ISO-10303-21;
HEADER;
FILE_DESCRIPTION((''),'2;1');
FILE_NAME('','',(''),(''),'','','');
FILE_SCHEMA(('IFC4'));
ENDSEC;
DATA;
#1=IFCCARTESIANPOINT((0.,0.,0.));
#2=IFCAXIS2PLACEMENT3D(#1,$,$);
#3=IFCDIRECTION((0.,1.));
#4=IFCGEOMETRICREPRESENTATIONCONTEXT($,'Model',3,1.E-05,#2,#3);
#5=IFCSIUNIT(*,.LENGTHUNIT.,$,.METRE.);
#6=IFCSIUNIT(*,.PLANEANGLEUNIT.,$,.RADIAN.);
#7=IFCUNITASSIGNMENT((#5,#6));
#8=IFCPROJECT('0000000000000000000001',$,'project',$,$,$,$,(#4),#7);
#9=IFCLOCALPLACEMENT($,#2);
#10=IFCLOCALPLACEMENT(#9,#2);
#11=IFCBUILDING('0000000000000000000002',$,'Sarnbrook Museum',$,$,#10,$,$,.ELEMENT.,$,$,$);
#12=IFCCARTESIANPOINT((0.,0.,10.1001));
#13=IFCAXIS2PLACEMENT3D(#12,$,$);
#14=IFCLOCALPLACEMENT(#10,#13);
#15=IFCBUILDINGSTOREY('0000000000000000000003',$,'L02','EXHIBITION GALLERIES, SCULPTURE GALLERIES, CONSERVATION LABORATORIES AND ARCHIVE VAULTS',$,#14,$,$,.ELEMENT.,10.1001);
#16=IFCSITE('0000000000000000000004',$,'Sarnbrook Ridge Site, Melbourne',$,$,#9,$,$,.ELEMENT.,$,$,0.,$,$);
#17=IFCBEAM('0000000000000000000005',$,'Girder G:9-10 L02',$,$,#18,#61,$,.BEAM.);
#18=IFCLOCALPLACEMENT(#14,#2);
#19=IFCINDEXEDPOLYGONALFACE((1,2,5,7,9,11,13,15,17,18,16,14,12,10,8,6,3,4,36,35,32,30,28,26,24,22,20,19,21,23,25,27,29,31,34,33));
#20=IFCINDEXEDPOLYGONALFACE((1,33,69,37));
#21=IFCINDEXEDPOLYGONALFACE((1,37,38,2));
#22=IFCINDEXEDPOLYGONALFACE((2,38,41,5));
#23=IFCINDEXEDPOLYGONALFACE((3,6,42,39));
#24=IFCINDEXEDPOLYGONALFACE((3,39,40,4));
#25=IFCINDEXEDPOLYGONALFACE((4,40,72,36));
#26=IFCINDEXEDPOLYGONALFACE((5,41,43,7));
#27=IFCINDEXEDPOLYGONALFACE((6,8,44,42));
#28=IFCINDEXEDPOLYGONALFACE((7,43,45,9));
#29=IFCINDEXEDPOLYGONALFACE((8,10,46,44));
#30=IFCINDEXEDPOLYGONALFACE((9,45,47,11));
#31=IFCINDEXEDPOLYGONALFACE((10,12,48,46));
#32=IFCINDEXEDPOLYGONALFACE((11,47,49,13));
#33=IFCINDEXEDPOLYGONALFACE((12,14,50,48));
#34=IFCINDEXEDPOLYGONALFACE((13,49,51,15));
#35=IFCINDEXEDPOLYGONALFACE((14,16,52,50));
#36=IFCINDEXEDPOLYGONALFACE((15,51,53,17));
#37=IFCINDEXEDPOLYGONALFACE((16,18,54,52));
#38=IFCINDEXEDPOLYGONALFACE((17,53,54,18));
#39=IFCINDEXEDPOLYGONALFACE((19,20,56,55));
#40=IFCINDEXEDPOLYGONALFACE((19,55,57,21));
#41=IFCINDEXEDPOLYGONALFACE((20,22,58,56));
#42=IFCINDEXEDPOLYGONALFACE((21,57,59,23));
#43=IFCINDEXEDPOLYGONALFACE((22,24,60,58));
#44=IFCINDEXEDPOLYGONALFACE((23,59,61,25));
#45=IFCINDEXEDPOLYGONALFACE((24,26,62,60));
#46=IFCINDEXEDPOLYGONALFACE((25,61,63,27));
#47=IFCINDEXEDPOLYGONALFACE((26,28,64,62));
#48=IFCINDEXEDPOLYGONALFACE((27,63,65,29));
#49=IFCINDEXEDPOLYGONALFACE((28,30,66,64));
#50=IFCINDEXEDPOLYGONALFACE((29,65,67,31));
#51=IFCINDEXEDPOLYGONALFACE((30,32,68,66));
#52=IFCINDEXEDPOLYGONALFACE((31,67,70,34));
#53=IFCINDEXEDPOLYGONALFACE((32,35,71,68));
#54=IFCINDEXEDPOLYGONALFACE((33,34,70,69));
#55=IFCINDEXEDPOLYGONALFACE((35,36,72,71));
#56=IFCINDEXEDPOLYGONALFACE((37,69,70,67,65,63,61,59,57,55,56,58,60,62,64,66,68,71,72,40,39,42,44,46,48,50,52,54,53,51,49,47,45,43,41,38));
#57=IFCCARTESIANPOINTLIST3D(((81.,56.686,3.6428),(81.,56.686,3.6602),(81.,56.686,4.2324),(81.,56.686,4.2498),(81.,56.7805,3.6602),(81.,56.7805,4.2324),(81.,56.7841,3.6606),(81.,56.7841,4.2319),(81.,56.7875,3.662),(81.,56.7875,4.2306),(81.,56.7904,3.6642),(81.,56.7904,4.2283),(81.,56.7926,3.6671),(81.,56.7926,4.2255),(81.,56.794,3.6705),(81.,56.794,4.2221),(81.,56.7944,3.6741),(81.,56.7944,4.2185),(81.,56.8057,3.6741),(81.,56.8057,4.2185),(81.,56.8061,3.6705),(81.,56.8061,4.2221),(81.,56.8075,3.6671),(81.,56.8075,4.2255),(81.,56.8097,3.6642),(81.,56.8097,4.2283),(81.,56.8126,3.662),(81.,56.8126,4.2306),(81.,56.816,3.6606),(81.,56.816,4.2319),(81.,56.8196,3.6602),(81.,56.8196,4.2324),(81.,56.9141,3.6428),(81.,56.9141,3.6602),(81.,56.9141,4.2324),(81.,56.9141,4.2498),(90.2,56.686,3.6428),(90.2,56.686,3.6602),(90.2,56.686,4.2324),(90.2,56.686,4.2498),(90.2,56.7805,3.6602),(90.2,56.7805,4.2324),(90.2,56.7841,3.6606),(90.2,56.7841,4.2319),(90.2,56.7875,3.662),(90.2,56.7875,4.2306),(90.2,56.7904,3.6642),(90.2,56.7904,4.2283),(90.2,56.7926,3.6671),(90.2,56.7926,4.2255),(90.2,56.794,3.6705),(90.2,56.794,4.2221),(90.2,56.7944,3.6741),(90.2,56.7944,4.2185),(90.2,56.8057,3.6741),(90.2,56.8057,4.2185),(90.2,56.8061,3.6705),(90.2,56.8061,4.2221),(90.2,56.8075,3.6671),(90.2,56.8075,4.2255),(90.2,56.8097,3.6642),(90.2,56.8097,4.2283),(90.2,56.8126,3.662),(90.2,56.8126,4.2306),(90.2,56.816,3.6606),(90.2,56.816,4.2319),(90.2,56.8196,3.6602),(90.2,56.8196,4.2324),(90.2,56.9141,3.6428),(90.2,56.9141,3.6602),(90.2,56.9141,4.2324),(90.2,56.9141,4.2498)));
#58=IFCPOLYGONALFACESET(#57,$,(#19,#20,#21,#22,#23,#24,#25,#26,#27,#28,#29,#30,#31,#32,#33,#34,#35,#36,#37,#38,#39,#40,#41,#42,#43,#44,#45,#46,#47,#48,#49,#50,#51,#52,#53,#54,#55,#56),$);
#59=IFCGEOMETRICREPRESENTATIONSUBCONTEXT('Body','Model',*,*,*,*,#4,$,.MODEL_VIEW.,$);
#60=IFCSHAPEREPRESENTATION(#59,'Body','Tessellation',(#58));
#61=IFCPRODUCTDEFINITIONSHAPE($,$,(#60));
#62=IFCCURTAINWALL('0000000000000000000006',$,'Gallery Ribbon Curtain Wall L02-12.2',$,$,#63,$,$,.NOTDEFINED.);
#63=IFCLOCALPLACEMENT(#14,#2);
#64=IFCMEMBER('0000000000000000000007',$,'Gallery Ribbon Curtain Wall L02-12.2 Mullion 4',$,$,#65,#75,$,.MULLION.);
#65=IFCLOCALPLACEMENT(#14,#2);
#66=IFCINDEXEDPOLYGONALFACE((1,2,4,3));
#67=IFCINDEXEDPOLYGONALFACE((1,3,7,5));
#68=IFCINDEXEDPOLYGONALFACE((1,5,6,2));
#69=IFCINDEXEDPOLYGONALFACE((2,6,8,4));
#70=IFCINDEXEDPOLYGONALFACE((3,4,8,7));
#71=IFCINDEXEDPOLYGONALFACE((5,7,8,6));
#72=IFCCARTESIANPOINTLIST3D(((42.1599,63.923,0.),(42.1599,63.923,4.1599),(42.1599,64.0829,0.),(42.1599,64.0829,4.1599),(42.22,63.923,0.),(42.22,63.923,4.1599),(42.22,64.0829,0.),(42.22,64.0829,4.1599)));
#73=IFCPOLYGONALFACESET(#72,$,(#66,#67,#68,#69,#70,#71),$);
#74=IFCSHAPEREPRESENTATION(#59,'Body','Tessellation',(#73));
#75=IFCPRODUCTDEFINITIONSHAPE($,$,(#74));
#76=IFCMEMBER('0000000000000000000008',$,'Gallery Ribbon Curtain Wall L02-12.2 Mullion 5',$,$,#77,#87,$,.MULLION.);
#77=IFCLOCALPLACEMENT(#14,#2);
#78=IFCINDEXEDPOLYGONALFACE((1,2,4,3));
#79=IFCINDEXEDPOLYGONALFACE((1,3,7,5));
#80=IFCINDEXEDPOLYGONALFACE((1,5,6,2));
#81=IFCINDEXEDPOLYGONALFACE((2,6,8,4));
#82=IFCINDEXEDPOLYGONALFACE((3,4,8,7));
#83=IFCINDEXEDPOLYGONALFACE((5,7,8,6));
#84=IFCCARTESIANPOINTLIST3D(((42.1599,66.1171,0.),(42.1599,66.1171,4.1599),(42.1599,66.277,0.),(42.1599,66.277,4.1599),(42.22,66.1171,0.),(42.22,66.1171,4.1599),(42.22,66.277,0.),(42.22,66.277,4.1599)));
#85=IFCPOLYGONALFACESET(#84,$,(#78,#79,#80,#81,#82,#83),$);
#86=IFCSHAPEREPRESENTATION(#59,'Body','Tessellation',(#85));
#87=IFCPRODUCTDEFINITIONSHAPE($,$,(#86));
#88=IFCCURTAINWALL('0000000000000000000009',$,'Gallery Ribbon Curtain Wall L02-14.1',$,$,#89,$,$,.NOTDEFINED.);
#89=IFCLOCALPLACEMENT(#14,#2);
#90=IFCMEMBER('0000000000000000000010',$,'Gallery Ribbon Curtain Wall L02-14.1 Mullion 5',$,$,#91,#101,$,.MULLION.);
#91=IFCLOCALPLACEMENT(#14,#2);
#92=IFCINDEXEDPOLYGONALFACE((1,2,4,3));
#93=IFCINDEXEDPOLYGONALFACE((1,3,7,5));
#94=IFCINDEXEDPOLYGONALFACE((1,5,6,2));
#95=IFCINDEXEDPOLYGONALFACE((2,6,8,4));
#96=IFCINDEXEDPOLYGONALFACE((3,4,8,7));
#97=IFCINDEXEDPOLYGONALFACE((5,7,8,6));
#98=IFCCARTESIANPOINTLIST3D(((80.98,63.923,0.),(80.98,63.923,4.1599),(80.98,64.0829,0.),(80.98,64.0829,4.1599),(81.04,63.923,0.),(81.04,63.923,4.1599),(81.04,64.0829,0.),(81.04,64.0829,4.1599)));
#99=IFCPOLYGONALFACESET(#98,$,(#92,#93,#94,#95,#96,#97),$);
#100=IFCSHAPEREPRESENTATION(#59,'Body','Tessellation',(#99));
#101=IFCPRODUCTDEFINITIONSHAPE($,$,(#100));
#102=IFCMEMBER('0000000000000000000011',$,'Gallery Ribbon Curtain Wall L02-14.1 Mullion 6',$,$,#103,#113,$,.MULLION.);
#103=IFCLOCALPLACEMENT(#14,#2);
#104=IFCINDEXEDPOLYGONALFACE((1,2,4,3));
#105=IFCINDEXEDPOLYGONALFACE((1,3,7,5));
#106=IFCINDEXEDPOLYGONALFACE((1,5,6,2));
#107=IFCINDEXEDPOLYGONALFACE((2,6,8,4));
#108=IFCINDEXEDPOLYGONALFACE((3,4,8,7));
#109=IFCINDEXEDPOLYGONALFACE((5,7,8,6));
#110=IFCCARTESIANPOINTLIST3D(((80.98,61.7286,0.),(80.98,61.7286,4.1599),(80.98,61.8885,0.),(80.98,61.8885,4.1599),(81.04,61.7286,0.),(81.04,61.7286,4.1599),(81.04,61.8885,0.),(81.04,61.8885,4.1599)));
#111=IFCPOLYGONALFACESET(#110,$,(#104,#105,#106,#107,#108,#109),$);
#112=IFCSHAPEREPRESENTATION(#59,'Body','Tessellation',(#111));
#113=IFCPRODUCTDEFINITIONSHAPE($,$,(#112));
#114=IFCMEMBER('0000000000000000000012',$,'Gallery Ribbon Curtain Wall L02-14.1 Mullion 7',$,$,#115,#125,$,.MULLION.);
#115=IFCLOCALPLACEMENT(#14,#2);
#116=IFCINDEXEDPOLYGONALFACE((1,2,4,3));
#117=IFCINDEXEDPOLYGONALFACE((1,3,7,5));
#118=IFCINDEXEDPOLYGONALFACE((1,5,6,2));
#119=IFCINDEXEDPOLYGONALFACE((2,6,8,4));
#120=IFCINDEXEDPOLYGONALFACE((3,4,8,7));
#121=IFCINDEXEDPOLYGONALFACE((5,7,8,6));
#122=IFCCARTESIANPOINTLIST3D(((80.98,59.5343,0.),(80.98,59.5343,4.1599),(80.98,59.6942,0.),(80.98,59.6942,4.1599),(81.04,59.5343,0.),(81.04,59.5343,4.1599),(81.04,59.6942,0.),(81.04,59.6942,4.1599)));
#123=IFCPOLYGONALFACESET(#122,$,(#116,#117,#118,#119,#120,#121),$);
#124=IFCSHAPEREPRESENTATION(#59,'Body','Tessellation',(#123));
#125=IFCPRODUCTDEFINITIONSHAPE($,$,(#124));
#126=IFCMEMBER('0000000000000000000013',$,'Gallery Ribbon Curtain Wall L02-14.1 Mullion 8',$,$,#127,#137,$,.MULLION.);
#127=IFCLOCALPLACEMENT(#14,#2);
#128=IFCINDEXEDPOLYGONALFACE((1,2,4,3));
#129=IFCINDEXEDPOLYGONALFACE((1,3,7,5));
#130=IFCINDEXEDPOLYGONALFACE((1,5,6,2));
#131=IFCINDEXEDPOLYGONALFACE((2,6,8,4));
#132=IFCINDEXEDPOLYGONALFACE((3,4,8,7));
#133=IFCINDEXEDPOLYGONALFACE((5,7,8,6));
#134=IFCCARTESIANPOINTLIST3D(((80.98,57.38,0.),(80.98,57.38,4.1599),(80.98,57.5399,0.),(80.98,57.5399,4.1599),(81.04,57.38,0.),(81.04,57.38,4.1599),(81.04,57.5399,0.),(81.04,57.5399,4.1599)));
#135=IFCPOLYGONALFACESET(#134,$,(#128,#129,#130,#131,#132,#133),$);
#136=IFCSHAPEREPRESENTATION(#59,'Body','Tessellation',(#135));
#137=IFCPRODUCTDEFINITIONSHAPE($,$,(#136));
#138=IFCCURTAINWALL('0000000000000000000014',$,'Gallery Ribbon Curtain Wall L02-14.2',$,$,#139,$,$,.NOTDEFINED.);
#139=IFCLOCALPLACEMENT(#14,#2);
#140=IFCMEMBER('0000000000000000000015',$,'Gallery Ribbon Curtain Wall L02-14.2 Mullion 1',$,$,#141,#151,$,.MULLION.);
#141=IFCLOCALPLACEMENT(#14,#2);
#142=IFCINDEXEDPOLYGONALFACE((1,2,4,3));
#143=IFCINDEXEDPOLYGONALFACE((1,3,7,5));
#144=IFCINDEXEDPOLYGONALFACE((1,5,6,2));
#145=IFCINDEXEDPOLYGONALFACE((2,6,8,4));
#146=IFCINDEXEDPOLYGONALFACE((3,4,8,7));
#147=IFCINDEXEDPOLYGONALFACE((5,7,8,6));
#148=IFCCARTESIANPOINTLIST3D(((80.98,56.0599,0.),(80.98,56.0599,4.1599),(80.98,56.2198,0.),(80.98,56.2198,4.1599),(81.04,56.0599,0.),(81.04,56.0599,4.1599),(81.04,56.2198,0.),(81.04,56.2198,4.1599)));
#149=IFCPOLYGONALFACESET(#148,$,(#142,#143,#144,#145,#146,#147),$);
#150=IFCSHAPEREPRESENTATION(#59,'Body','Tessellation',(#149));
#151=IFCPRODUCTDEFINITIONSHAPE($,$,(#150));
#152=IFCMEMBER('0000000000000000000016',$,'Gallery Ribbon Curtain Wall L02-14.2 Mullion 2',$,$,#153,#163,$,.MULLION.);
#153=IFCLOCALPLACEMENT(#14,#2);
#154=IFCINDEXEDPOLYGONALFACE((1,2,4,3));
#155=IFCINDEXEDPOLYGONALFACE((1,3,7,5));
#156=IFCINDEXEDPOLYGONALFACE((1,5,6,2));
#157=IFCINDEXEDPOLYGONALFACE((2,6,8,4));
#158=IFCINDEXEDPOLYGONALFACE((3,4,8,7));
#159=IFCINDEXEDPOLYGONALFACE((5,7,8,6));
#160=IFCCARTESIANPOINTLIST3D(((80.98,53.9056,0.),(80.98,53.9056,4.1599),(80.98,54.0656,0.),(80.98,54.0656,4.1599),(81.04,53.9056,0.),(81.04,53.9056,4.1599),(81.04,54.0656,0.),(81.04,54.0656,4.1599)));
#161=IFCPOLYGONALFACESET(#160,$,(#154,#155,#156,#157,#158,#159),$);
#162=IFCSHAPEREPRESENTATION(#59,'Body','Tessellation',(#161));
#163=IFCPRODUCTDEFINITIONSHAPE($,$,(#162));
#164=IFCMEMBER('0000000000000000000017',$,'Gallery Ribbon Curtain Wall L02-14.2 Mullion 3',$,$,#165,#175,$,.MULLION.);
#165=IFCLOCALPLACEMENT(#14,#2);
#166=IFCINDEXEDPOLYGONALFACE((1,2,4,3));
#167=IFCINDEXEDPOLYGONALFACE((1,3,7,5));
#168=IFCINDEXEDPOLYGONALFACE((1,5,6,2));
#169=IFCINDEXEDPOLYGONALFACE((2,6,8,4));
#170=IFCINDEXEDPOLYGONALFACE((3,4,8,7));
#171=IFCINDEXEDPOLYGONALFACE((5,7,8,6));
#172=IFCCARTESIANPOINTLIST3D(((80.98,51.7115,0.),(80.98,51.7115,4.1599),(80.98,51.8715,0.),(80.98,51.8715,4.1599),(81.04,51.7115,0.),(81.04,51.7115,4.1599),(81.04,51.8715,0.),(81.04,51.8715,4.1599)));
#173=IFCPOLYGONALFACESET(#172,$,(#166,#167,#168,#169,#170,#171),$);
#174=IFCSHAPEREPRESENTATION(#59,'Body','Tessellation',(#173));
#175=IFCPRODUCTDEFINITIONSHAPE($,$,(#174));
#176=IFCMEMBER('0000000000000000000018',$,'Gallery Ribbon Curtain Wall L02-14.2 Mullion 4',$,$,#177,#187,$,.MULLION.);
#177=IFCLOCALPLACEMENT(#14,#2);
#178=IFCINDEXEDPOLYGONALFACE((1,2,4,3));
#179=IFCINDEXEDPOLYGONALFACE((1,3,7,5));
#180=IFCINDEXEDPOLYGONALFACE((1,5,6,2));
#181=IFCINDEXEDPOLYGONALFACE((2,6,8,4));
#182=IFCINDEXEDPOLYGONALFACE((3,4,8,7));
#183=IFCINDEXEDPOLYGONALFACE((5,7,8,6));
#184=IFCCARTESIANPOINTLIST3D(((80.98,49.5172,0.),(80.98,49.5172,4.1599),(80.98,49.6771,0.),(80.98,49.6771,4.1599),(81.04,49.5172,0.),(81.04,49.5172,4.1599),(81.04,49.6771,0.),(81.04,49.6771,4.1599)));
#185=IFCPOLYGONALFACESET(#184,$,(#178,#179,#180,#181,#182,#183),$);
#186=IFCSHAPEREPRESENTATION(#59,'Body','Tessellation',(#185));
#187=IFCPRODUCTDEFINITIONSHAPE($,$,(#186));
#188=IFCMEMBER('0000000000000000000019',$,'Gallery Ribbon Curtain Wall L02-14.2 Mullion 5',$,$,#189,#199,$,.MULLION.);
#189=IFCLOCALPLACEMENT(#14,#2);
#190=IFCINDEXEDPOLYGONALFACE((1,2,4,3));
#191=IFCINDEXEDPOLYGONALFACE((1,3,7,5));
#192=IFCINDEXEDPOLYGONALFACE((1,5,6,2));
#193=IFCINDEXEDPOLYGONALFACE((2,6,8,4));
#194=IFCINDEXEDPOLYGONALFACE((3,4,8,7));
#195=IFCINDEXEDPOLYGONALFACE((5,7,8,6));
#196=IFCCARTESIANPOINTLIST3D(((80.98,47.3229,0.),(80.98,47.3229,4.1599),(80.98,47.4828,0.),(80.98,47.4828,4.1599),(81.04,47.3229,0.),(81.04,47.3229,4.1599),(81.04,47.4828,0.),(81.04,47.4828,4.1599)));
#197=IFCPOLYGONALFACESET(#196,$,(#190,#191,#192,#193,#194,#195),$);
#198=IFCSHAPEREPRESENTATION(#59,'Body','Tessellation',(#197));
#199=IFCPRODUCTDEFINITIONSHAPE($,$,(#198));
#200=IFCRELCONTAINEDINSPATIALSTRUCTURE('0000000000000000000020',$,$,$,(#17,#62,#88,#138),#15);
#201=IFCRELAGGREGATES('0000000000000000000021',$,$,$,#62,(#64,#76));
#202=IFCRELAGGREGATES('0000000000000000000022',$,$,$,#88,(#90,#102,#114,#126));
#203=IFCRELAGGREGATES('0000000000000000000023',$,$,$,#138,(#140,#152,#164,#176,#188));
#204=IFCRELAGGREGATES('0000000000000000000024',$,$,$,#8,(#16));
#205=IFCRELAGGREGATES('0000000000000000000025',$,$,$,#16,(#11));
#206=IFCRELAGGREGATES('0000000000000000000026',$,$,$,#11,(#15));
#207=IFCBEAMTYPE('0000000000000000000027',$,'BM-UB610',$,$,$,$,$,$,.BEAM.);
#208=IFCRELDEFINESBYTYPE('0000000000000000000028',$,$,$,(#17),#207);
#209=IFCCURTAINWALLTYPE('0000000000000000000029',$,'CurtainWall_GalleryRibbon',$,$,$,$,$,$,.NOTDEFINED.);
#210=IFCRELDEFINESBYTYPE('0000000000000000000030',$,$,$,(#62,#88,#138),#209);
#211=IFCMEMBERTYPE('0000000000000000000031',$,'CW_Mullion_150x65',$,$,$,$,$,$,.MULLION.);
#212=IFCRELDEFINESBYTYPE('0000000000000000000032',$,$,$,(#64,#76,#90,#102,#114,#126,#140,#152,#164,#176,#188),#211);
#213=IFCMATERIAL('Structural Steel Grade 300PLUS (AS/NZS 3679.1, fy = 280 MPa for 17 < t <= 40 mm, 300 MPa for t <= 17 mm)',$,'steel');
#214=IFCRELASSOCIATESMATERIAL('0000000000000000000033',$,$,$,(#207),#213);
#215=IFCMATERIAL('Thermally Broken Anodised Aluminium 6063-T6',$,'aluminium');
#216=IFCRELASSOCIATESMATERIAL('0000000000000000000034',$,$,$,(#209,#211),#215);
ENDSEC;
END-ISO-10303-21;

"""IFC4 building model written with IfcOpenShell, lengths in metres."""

from ifc_helpers import new_model, si_unit, direction, frame, origin, origin_2d, place, context, subcontext, project, spatial, rectangle, i_section, extrude, material, material_profile, profile_set, type_object, element, aggregate, save


model = new_model("IFC4")

# Units and contexts
model_context = context("Model", 3, precision=1e-05, world=origin(), true_north=direction((0.0, 1.0)))
body_context = subcontext(model_context, "Body", "Model", "MODEL_VIEW")
ifc_project = project(units=[si_unit("LENGTHUNIT", "METRE"), si_unit("PLANEANGLEUNIT", "RADIAN")], contexts=[model_context])

# Site, building, storey
site_placement = place(None, origin())
site = spatial("IfcSite", under=ifc_project, at=site_placement, Name="Sarnbrook Ridge Site, Melbourne", CompositionType="ELEMENT", RefElevation=0.0)
building_placement = place(site_placement, origin())
building = spatial("IfcBuilding", under=site, at=building_placement, Name="Sarnbrook Museum", CompositionType="ELEMENT")
storey_placement = place(building_placement, frame((0.0, 0.0, 10.1001)))
storey = spatial("IfcBuildingStorey", under=building, at=storey_placement, Name="L02", Description="EXHIBITION GALLERIES, SCULPTURE GALLERIES, CONSERVATION LABORATORIES AND ARCHIVE VAULTS", CompositionType="ELEMENT", Elevation=10.1001)

# Shared definitions
ifc_material_1 = material(Name="Structural Steel Grade 300PLUS (AS/NZS 3679.1, fy = 280 MPa for 17 < t <= 40 mm, 300 MPa for t <= 17 mm)", Category="steel")

# Beam
ifc_material_profile_1 = material_profile(ifc_material_1, i_section(OverallWidth=0.228, OverallDepth=0.6069, WebThickness=0.0112, FlangeThickness=0.0173, FilletRadius=0.0139, at=origin_2d()), Name="610UB113")
ifc_profile_set_1 = profile_set([ifc_material_profile_1], Name="Structural Steel Grade 300PLUS (AS/NZS 3679.1, fy = 280 MPa for 17 < t <= 40 mm, 300 MPa for t <= 17 mm)")
beam_type_1 = type_object("IfcBeamType", Name="BM-UB610", PredefinedType="BEAM", material=ifc_profile_set_1)
beam_1_placement = place(storey_placement, frame((81.0, 56.8, 3.9463), z_axis=(1.0, 0.0, 0.0), x_axis=(0.0, 1.0, 0.0)))
element("IfcBeam", 1, at=beam_1_placement, inside=storey, type_object=beam_type_1, Name="Girder G:9-10 L02", PredefinedType="BEAM", context=body_context, shape_type="SweptSolid", body=[
    extrude(i_section(OverallWidth=0.228, OverallDepth=0.6069, WebThickness=0.0112, FlangeThickness=0.0173, FilletRadius=0.0139, at=origin_2d()), origin(), (0.0, 0.0, 1.0), 9.2),
])

# Curtain walls, members
ifc_material_2 = material(Name="Thermally Broken Anodised Aluminium 6063-T6", Category="aluminium")
curtain_wall_type = type_object("IfcCurtainWallType", Name="CurtainWall_GalleryRibbon", PredefinedType="NOTDEFINED", material=ifc_material_2)
curtain_wall_1_placement = place(storey_placement, origin())
curtain_wall_1 = element("IfcCurtainWall", 2, at=curtain_wall_1_placement, inside=storey, type_object=curtain_wall_type, Name="Gallery Ribbon Curtain Wall L02-12.2", PredefinedType="NOTDEFINED")
ifc_material_profile_2 = material_profile(ifc_material_2, rectangle(XDim=0.0601, YDim=0.1599, at=origin_2d()), Name="ALU MULLION 60x160")
ifc_profile_set_2 = profile_set([ifc_material_profile_2], Name="Thermally Broken Anodised Aluminium 6063-T6")
member_type = type_object("IfcMemberType", Name="CW_Mullion_150x65", PredefinedType="MULLION", material=ifc_profile_set_2)
member_1_placement = place(storey_placement, frame((42.1899, 64.0029, 0.0), z_axis=(0.0, 0.0, 1.0), x_axis=(1.0, 0.0, 0.0)))
member_1 = element("IfcMember", 3, at=member_1_placement, type_object=member_type, Name="Gallery Ribbon Curtain Wall L02-12.2 Mullion 4", PredefinedType="MULLION", context=body_context, shape_type="SweptSolid", body=[
    extrude(rectangle(XDim=0.0601, YDim=0.1599, at=origin_2d()), origin(), (0.0, 0.0, 1.0), 4.1599),
])
member_2_placement = place(storey_placement, frame((42.1899, 66.197, 0.0), z_axis=(0.0, 0.0, 1.0), x_axis=(1.0, 0.0, 0.0)))
member_2 = element("IfcMember", 4, at=member_2_placement, type_object=member_type, Name="Gallery Ribbon Curtain Wall L02-12.2 Mullion 5", PredefinedType="MULLION", context=body_context, shape_type="SweptSolid", body=[
    extrude(rectangle(XDim=0.0601, YDim=0.1599, at=origin_2d()), origin(), (0.0, 0.0, 1.0), 4.1599),
])
aggregate(curtain_wall_1, [member_1, member_2])
curtain_wall_2_placement = place(storey_placement, origin())
curtain_wall_2 = element("IfcCurtainWall", 5, at=curtain_wall_2_placement, inside=storey, type_object=curtain_wall_type, Name="Gallery Ribbon Curtain Wall L02-14.1", PredefinedType="NOTDEFINED")
member_3_placement = place(storey_placement, frame((81.01, 64.0029, 0.0), z_axis=(0.0, 0.0, 1.0), x_axis=(1.0, 0.0, 0.0)))
member_3 = element("IfcMember", 6, at=member_3_placement, type_object=member_type, Name="Gallery Ribbon Curtain Wall L02-14.1 Mullion 5", PredefinedType="MULLION", context=body_context, shape_type="SweptSolid", body=[
    extrude(rectangle(XDim=0.0601, YDim=0.1599, at=origin_2d()), origin(), (0.0, 0.0, 1.0), 4.1599),
])
member_4_placement = place(storey_placement, frame((81.01, 61.8086, 0.0), z_axis=(0.0, 0.0, 1.0), x_axis=(1.0, 0.0, 0.0)))
member_4 = element("IfcMember", 7, at=member_4_placement, type_object=member_type, Name="Gallery Ribbon Curtain Wall L02-14.1 Mullion 6", PredefinedType="MULLION", context=body_context, shape_type="SweptSolid", body=[
    extrude(rectangle(XDim=0.0601, YDim=0.1599, at=origin_2d()), origin(), (0.0, 0.0, 1.0), 4.1599),
])
member_5_placement = place(storey_placement, frame((81.01, 59.6143, 0.0), z_axis=(0.0, 0.0, 1.0), x_axis=(1.0, 0.0, 0.0)))
member_5 = element("IfcMember", 8, at=member_5_placement, type_object=member_type, Name="Gallery Ribbon Curtain Wall L02-14.1 Mullion 7", PredefinedType="MULLION", context=body_context, shape_type="SweptSolid", body=[
    extrude(rectangle(XDim=0.0601, YDim=0.1599, at=origin_2d()), origin(), (0.0, 0.0, 1.0), 4.1599),
])
member_6_placement = place(storey_placement, frame((81.01, 57.46, 0.0), z_axis=(0.0, 0.0, 1.0), x_axis=(1.0, 0.0, 0.0)))
member_6 = element("IfcMember", 9, at=member_6_placement, type_object=member_type, Name="Gallery Ribbon Curtain Wall L02-14.1 Mullion 8", PredefinedType="MULLION", context=body_context, shape_type="SweptSolid", body=[
    extrude(rectangle(XDim=0.0601, YDim=0.1599, at=origin_2d()), origin(), (0.0, 0.0, 1.0), 4.1599),
])
aggregate(curtain_wall_2, [member_3, member_4, member_5, member_6])
curtain_wall_3_placement = place(storey_placement, origin())
curtain_wall_3 = element("IfcCurtainWall", 10, at=curtain_wall_3_placement, inside=storey, type_object=curtain_wall_type, Name="Gallery Ribbon Curtain Wall L02-14.2", PredefinedType="NOTDEFINED")
member_7_placement = place(storey_placement, frame((81.01, 56.1399, 0.0), z_axis=(0.0, 0.0, 1.0), x_axis=(1.0, 0.0, 0.0)))
member_7 = element("IfcMember", 11, at=member_7_placement, type_object=member_type, Name="Gallery Ribbon Curtain Wall L02-14.2 Mullion 1", PredefinedType="MULLION", context=body_context, shape_type="SweptSolid", body=[
    extrude(rectangle(XDim=0.0601, YDim=0.1599, at=origin_2d()), origin(), (0.0, 0.0, 1.0), 4.1599),
])
member_8_placement = place(storey_placement, frame((81.01, 53.9856, 0.0), z_axis=(0.0, 0.0, 1.0), x_axis=(1.0, 0.0, 0.0)))
member_8 = element("IfcMember", 12, at=member_8_placement, type_object=member_type, Name="Gallery Ribbon Curtain Wall L02-14.2 Mullion 2", PredefinedType="MULLION", context=body_context, shape_type="SweptSolid", body=[
    extrude(rectangle(XDim=0.0601, YDim=0.1599, at=origin_2d()), origin(), (0.0, 0.0, 1.0), 4.1599),
])
member_9_placement = place(storey_placement, frame((81.01, 51.7915, 0.0), z_axis=(0.0, 0.0, 1.0), x_axis=(1.0, 0.0, 0.0)))
member_9 = element("IfcMember", 13, at=member_9_placement, type_object=member_type, Name="Gallery Ribbon Curtain Wall L02-14.2 Mullion 3", PredefinedType="MULLION", context=body_context, shape_type="SweptSolid", body=[
    extrude(rectangle(XDim=0.0601, YDim=0.1599, at=origin_2d()), origin(), (0.0, 0.0, 1.0), 4.1599),
])
member_10_placement = place(storey_placement, frame((81.01, 49.5972, 0.0), z_axis=(0.0, 0.0, 1.0), x_axis=(1.0, 0.0, 0.0)))
member_10 = element("IfcMember", 14, at=member_10_placement, type_object=member_type, Name="Gallery Ribbon Curtain Wall L02-14.2 Mullion 4", PredefinedType="MULLION", context=body_context, shape_type="SweptSolid", body=[
    extrude(rectangle(XDim=0.0601, YDim=0.1599, at=origin_2d()), origin(), (0.0, 0.0, 1.0), 4.1599),
])
member_11_placement = place(storey_placement, frame((81.01, 47.4028, 0.0), z_axis=(0.0, 0.0, 1.0), x_axis=(1.0, 0.0, 0.0)))
member_11 = element("IfcMember", 15, at=member_11_placement, type_object=member_type, Name="Gallery Ribbon Curtain Wall L02-14.2 Mullion 5", PredefinedType="MULLION", context=body_context, shape_type="SweptSolid", body=[
    extrude(rectangle(XDim=0.0601, YDim=0.1599, at=origin_2d()), origin(), (0.0, 0.0, 1.0), 4.1599),
])
aggregate(curtain_wall_3, [member_7, member_8, member_9, member_10, member_11])

save(model, "model.ifc")
